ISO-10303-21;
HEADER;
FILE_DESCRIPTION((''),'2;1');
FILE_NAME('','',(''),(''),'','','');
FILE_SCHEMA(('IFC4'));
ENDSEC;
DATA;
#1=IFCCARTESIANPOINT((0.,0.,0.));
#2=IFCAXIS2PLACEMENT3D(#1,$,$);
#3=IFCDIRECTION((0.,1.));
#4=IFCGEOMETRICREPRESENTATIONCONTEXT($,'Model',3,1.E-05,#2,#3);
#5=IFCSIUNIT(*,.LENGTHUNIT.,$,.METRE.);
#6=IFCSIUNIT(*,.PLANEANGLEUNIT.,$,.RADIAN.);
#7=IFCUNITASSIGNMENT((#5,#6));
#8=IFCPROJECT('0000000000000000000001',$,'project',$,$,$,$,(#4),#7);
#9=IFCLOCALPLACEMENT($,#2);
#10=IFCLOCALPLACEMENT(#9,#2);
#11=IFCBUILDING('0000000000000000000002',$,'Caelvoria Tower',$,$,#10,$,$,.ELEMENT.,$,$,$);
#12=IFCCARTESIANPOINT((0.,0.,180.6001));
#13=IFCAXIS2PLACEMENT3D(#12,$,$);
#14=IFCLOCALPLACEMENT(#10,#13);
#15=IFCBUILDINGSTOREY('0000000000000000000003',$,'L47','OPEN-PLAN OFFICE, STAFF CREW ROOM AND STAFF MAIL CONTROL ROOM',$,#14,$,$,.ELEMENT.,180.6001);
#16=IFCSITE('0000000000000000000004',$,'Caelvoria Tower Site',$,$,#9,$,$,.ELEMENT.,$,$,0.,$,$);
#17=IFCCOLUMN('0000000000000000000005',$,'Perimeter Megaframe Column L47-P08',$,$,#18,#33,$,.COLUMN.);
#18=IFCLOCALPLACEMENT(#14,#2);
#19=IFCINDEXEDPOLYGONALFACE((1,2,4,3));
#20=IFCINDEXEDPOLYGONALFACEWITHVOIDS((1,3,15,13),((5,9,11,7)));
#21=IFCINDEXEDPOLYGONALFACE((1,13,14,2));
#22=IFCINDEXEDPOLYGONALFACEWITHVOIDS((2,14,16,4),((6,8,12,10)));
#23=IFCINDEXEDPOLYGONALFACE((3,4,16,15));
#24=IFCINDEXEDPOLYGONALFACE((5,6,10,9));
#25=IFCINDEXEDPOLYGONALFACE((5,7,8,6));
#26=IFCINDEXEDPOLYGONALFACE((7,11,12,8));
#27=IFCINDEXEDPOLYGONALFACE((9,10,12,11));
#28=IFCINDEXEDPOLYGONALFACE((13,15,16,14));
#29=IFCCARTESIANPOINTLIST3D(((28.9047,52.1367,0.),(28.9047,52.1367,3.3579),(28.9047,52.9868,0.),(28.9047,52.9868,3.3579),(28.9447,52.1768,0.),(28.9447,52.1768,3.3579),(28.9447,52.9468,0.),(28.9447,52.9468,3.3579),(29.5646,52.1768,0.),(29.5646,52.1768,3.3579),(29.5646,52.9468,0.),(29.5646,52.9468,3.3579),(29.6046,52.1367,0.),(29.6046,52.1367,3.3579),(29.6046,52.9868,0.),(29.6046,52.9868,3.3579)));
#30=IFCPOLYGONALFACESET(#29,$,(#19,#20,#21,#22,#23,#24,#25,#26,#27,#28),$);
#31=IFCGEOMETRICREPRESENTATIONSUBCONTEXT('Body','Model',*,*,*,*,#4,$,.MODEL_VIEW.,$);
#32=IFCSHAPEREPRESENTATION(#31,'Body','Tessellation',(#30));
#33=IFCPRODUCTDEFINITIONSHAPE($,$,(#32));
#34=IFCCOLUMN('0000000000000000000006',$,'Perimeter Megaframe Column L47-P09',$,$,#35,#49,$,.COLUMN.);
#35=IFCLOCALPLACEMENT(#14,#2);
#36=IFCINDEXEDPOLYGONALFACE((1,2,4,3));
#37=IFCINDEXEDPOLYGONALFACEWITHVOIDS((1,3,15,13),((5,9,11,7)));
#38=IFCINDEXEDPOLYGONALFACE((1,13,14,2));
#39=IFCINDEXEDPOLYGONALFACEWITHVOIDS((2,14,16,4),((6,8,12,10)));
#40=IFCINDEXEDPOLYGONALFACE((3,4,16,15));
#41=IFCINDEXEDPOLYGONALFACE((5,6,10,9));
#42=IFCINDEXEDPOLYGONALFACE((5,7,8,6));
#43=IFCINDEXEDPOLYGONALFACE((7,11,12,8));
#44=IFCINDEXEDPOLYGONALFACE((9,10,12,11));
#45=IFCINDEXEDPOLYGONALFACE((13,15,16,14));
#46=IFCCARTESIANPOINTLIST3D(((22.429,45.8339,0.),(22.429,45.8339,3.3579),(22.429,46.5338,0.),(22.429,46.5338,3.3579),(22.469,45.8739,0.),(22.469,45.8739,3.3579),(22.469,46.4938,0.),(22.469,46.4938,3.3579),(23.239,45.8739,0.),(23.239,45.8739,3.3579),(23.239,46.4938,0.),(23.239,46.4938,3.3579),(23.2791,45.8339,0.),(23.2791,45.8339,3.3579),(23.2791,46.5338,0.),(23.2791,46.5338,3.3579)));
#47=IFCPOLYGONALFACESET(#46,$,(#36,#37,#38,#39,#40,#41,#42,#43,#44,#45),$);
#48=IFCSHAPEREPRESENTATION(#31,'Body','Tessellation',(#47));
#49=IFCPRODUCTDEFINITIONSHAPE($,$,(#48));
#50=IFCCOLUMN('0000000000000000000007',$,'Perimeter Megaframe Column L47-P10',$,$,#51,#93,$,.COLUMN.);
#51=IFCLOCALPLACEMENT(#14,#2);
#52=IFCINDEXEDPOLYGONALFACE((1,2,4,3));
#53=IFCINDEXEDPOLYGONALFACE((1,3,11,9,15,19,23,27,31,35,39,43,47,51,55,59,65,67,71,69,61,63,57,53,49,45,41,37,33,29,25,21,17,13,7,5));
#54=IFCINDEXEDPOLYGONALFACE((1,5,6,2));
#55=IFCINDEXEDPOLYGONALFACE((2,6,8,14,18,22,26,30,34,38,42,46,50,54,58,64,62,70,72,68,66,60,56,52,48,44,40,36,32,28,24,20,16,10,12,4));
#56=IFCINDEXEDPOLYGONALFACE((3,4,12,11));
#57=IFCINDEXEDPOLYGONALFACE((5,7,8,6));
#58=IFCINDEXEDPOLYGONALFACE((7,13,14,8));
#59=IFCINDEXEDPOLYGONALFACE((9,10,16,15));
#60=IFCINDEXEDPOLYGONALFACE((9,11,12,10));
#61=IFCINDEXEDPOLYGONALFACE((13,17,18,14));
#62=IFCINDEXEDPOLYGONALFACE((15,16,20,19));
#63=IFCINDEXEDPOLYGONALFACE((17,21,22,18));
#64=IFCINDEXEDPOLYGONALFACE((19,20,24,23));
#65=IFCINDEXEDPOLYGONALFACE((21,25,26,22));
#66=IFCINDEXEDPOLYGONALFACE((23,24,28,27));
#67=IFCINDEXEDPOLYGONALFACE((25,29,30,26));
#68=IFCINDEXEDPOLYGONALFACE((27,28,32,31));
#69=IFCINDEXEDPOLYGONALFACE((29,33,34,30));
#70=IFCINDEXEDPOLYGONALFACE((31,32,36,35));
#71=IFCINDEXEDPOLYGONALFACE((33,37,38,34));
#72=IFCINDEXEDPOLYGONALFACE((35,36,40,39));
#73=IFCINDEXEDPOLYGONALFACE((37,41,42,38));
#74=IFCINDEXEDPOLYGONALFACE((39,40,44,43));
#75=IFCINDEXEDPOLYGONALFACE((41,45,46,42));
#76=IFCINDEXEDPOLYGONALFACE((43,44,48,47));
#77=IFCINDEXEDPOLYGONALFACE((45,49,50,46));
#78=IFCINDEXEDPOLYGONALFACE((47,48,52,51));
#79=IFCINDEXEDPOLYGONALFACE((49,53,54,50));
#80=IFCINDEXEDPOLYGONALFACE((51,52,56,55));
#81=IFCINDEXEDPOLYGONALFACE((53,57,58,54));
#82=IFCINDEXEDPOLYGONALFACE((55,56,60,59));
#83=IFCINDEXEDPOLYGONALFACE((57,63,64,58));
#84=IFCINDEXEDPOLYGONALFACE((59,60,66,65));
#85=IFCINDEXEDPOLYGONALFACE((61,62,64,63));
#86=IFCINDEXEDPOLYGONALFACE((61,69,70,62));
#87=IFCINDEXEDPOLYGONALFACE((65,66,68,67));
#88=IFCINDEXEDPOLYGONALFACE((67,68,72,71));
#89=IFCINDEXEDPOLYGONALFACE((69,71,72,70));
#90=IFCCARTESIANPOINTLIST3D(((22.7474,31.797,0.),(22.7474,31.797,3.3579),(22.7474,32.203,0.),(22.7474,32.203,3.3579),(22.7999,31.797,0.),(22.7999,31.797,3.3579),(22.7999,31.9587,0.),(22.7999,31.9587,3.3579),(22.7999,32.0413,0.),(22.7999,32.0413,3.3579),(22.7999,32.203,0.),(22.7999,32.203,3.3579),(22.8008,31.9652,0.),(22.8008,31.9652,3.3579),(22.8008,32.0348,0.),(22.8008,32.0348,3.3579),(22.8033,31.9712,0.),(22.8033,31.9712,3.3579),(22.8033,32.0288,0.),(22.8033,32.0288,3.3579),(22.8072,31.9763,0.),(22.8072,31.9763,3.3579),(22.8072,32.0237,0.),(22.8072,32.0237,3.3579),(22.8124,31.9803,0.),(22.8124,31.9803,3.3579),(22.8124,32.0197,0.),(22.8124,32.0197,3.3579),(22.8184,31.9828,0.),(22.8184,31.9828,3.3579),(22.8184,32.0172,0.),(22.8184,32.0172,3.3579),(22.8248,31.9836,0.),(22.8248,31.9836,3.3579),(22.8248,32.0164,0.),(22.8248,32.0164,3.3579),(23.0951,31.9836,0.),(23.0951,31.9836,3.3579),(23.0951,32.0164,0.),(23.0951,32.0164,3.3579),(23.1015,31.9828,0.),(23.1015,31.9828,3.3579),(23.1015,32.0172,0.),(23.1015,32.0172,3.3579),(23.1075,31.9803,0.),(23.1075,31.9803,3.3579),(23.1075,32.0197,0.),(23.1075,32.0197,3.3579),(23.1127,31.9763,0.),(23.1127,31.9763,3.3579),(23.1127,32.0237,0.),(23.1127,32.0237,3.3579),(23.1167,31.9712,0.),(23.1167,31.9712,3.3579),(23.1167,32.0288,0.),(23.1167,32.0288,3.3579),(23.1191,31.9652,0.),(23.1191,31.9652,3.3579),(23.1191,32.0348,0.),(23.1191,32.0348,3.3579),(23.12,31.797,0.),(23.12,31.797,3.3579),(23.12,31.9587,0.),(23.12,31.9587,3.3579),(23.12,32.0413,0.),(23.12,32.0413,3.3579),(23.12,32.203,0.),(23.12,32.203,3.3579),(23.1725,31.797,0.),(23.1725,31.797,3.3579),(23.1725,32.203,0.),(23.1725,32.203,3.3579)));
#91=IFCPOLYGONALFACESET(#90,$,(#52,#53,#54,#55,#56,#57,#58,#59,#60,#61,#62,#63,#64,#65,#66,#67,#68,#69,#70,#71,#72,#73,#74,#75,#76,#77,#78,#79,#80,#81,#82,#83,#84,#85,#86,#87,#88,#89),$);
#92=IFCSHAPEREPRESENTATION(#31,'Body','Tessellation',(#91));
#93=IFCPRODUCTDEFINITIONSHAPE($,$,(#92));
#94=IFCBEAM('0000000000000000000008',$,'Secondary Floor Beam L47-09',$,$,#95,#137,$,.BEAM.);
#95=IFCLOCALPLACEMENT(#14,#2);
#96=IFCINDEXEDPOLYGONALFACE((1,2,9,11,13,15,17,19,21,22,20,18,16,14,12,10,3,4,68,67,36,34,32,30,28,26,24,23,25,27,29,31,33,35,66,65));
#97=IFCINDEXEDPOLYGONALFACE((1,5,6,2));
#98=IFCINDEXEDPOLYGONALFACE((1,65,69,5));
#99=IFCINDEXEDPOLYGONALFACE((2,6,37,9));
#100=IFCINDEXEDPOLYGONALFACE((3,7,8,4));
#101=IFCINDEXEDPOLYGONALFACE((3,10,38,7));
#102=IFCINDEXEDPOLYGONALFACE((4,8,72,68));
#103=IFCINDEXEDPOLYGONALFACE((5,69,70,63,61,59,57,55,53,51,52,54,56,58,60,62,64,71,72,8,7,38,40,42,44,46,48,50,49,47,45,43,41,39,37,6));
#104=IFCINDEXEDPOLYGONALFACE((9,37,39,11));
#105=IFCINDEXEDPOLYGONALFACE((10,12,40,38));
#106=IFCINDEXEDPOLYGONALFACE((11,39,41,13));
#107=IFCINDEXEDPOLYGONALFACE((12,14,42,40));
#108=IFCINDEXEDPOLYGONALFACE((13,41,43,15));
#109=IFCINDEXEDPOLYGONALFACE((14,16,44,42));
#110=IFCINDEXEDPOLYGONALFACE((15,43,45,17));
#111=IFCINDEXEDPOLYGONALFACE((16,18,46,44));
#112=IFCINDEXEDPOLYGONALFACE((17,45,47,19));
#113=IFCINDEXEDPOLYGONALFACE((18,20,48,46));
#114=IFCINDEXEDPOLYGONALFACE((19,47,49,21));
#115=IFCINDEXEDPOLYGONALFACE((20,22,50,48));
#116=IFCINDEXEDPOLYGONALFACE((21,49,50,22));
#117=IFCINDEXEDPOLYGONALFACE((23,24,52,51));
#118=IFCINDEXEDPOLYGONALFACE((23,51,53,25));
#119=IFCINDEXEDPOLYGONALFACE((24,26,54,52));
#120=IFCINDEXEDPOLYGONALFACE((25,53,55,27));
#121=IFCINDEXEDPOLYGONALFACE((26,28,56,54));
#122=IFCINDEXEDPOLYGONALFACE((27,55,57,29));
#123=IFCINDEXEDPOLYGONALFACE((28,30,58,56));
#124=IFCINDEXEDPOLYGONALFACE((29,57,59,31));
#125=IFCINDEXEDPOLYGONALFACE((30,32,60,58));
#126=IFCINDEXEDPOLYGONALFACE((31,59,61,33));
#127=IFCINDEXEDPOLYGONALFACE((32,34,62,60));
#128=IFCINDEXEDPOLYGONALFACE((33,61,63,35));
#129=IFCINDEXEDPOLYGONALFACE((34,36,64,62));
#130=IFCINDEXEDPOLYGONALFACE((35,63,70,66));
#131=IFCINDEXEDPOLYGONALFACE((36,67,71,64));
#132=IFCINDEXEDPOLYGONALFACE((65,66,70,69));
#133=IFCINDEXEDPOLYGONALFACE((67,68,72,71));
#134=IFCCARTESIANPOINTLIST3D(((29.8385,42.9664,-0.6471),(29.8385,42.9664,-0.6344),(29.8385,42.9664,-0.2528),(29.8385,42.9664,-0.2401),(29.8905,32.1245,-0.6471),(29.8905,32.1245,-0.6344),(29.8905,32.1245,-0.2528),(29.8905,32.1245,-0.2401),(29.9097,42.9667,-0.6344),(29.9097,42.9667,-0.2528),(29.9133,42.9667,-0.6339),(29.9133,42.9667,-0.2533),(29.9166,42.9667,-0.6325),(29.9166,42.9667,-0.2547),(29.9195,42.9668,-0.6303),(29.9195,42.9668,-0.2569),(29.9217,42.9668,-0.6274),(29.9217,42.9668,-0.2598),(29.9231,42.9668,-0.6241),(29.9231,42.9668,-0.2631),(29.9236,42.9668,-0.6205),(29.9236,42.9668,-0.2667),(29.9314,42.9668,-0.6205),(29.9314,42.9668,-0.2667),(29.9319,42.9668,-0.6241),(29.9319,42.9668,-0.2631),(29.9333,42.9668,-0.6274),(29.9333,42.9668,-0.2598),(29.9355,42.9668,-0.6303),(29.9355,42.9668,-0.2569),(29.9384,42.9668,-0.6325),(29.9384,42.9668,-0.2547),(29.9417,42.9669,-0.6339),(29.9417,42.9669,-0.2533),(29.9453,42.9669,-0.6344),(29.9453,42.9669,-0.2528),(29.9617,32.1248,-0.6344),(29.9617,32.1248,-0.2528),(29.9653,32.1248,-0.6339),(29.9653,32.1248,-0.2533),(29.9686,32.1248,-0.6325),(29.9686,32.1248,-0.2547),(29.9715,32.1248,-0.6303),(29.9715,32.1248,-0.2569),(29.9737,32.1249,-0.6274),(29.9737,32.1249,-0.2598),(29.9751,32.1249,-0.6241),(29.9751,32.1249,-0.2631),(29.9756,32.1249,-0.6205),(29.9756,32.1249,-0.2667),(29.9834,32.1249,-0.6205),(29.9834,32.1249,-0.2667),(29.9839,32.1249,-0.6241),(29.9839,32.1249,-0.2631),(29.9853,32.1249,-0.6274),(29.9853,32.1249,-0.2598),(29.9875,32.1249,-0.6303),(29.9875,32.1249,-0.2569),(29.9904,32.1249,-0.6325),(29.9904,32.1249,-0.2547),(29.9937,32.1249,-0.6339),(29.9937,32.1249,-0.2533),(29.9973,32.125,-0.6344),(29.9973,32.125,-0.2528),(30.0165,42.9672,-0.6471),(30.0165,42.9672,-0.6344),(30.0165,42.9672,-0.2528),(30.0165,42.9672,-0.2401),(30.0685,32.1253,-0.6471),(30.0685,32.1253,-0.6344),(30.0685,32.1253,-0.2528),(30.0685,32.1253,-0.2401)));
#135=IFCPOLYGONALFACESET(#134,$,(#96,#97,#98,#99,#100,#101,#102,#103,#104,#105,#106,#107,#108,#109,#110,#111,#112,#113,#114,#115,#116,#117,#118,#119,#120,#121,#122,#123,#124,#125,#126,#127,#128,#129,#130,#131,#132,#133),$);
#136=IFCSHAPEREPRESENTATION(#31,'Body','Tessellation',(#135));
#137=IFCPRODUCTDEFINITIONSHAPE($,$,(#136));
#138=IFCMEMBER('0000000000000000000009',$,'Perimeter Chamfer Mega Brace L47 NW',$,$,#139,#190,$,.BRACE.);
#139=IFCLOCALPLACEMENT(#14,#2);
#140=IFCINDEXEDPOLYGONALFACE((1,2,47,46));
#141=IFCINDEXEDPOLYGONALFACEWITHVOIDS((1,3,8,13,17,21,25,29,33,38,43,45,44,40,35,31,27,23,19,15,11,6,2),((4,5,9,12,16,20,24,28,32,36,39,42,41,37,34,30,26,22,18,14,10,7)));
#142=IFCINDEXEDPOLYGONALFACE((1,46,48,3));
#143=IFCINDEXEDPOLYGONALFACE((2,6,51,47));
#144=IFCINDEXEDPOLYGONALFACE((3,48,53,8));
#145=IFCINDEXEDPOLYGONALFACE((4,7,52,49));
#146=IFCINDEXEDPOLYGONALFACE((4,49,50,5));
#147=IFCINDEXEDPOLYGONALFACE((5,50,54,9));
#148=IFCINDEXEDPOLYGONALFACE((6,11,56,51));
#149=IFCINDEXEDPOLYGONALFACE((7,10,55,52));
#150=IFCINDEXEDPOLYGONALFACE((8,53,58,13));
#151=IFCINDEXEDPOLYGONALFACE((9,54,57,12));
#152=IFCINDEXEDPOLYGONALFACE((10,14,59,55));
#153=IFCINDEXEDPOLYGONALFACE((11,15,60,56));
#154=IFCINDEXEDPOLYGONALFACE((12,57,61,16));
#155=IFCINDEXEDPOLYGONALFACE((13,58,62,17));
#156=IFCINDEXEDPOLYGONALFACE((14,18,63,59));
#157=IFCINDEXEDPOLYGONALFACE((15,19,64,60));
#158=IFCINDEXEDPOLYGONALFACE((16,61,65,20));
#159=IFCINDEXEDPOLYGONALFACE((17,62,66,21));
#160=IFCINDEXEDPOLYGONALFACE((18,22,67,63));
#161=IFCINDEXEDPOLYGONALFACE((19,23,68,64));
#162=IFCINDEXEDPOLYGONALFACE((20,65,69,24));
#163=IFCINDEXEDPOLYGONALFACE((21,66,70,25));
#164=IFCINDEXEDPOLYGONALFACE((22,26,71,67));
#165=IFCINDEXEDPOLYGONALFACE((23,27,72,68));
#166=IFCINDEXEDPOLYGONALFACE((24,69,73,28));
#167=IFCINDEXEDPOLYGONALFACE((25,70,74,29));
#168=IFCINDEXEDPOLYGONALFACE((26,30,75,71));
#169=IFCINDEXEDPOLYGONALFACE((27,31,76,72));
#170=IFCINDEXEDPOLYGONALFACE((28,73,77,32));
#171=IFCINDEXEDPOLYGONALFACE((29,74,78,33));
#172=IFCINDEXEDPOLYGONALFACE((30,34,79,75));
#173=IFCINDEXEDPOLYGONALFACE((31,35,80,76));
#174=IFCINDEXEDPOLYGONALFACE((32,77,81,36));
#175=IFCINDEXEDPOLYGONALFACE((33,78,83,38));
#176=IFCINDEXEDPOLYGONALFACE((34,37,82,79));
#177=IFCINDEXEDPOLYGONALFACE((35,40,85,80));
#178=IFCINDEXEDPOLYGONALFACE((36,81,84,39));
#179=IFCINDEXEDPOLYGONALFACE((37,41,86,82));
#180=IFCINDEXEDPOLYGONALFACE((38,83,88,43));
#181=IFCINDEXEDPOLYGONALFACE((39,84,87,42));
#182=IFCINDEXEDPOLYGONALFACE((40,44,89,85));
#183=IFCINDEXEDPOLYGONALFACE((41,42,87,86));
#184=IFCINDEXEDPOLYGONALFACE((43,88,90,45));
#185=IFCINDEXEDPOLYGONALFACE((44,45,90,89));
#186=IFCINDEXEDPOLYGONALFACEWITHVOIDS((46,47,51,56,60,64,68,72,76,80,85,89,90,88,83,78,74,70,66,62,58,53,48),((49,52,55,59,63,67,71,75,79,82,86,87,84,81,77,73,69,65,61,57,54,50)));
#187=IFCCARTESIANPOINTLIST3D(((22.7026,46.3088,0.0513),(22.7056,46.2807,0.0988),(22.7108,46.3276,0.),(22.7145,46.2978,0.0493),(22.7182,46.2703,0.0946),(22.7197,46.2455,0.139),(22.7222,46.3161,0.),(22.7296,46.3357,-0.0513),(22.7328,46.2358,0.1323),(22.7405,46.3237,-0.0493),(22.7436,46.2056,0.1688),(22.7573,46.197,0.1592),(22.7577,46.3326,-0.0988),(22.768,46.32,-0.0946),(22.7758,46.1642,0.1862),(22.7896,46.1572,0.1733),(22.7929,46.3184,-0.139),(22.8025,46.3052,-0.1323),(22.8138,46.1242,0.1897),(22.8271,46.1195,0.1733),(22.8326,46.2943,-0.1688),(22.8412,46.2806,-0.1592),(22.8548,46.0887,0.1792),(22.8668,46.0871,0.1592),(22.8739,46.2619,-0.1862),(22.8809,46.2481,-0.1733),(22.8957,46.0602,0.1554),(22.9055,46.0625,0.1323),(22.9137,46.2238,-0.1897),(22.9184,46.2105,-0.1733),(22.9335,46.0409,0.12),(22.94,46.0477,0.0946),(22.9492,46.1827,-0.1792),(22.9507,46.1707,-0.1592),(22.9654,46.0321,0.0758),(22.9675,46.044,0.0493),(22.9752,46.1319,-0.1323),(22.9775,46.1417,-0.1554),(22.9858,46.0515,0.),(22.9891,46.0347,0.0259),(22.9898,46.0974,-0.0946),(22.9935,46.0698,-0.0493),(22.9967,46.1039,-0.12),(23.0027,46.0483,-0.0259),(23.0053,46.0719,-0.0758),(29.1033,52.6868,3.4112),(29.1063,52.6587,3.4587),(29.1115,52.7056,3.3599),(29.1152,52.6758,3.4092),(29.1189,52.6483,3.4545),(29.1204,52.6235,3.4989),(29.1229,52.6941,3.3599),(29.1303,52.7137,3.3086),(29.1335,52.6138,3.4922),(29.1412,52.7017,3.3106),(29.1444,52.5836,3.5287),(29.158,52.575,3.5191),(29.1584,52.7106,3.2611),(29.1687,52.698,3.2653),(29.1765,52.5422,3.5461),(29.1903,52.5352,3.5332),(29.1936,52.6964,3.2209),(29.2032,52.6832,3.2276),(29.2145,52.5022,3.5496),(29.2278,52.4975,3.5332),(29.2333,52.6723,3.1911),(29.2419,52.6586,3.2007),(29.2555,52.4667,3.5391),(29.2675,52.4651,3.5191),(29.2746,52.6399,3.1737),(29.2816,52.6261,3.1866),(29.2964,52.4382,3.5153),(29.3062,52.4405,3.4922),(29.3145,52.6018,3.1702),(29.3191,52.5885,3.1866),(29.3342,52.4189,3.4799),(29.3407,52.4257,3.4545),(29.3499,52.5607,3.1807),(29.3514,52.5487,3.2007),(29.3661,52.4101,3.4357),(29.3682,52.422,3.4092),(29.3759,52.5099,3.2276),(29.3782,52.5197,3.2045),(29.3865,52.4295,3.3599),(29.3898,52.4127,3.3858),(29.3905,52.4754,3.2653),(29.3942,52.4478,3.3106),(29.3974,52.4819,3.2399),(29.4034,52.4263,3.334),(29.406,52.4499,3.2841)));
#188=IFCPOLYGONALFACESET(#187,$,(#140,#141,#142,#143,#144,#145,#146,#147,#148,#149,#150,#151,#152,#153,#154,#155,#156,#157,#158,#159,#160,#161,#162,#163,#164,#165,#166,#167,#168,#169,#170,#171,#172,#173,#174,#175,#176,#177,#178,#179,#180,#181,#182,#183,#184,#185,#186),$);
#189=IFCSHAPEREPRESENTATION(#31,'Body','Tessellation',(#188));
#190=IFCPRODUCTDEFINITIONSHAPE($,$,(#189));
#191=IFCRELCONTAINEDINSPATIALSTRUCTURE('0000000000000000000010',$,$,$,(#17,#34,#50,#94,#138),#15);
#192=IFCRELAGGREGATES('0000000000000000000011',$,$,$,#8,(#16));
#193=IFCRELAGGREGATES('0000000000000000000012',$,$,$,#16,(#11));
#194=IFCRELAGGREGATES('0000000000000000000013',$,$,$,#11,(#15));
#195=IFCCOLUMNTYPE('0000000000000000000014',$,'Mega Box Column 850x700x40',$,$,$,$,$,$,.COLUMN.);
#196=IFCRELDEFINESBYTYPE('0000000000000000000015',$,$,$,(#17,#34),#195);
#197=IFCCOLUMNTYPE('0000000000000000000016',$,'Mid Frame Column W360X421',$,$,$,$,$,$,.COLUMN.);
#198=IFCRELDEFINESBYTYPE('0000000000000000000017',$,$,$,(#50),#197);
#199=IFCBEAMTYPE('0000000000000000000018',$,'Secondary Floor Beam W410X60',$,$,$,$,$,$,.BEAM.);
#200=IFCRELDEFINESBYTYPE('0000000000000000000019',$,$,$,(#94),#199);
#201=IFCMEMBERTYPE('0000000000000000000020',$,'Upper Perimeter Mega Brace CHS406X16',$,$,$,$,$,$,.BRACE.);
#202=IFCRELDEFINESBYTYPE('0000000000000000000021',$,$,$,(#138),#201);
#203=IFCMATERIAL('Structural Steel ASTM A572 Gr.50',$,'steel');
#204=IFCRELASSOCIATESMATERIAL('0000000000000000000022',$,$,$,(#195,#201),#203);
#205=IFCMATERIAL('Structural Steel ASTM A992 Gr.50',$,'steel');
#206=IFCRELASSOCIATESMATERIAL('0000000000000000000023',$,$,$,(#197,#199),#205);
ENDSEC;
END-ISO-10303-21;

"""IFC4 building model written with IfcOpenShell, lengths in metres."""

from ifc_helpers import new_model, si_unit, direction, frame, origin, origin_2d, place, context, subcontext, project, spatial, hollow_rectangle, hollow_circle, i_section, extrude, material, material_profile, profile_set, type_object, element, save


model = new_model("IFC4")

# Units and contexts
model_context = context("Model", 3, precision=1e-05, world=origin(), true_north=direction((0.0, 1.0)))
body_context = subcontext(model_context, "Body", "Model", "MODEL_VIEW")
ifc_project = project(units=[si_unit("LENGTHUNIT", "METRE"), si_unit("PLANEANGLEUNIT", "RADIAN")], contexts=[model_context])

# Site, building, storey
site_placement = place(None, origin())
site = spatial("IfcSite", under=ifc_project, at=site_placement, Name="Caelvoria Tower Site", CompositionType="ELEMENT", RefElevation=0.0)
building_placement = place(site_placement, origin())
building = spatial("IfcBuilding", under=site, at=building_placement, Name="Caelvoria Tower", CompositionType="ELEMENT")
storey_placement = place(building_placement, frame((0.0, 0.0, 180.6001)))
storey = spatial("IfcBuildingStorey", under=building, at=storey_placement, Name="L47", Description="OPEN-PLAN OFFICE, STAFF CREW ROOM AND STAFF MAIL CONTROL ROOM", CompositionType="ELEMENT", Elevation=180.6001)

# Columns
ifc_material_1 = material(Name="Structural Steel ASTM A572 Gr.50", Category="steel")
ifc_material_profile_1 = material_profile(ifc_material_1, hollow_rectangle(XDim=0.7, YDim=0.8501, WallThickness=0.04, at=origin_2d()), Name="Structural Steel ASTM A572 Gr.50")
ifc_profile_set_1 = profile_set([ifc_material_profile_1], Name="BOX850X700X40 - Structural Steel ASTM A572 Gr.50")
column_type_1 = type_object("IfcColumnType", Name="Mega Box Column 850x700x40", PredefinedType="COLUMN", material=ifc_profile_set_1)
for number, where, z_axis, x_axis, name in (
    (1, (29.2546, 52.5618, 0.0), (0.0, 0.0, 1.0), (1.0, 0.0, 0.0), "Perimeter Megaframe Column L47-P08"),
    (2, (22.854, 46.1838, 0.0), (0.0, 0.0, 1.0), (0.0, 1.0, 0.0), "Perimeter Megaframe Column L47-P09"),
):
    element("IfcColumn", number, at=place(storey_placement, frame(where, z_axis=z_axis, x_axis=x_axis)), inside=storey, type_object=column_type_1, Name=name, PredefinedType="COLUMN", context=body_context, shape_type="SweptSolid", body=[
        extrude(hollow_rectangle(XDim=0.7, YDim=0.8501, WallThickness=0.04, at=origin_2d()), origin(), (0.0, 0.0, 1.0), 3.3579),
    ])
ifc_material_2 = material(Name="Structural Steel ASTM A992 Gr.50", Category="steel")
ifc_material_profile_2 = material_profile(ifc_material_2, i_section(OverallWidth=0.406, OverallDepth=0.425, WebThickness=0.0327, FlangeThickness=0.0525, FilletRadius=0.0249, at=origin_2d()), Name="Structural Steel ASTM A992 Gr.50")
ifc_profile_set_2 = profile_set([ifc_material_profile_2], Name="W360X421 - Structural Steel ASTM A992 Gr.50")
column_type_2 = type_object("IfcColumnType", Name="Mid Frame Column W360X421", PredefinedType="COLUMN", material=ifc_profile_set_2)
column_placement = place(storey_placement, frame((22.96, 32.0, 0.0), z_axis=(0.0, 0.0, 1.0), x_axis=(0.0, 1.0, 0.0)))
element("IfcColumn", 3, at=column_placement, inside=storey, type_object=column_type_2, Name="Perimeter Megaframe Column L47-P10", PredefinedType="COLUMN", context=body_context, shape_type="SweptSolid", body=[
    extrude(i_section(OverallWidth=0.406, OverallDepth=0.425, WebThickness=0.0327, FlangeThickness=0.0525, FilletRadius=0.0249, at=origin_2d()), origin(), (0.0, 0.0, 1.0), 3.3579),
])

# Beam
ifc_material_profile_3 = material_profile(ifc_material_2, i_section(OverallWidth=0.178, OverallDepth=0.407, WebThickness=0.0078, FlangeThickness=0.0127, FilletRadius=0.0139, at=origin_2d()), Name="Structural Steel ASTM A992 Gr.50")
ifc_profile_set_3 = profile_set([ifc_material_profile_3], Name="W410X60 - Structural Steel ASTM A992 Gr.50")
beam_type_1 = type_object("IfcBeamType", Name="Secondary Floor Beam W410X60", PredefinedType="BEAM", material=ifc_profile_set_3)
beam_1_placement = place(storey_placement, frame((29.9275, 42.9668, -0.4436), z_axis=(0.004796, -0.999988, 0.0), x_axis=(0.999988, 0.004796, 0.0)))
element("IfcBeam", 4, at=beam_1_placement, inside=storey, type_object=beam_type_1, Name="Secondary Floor Beam L47-09", PredefinedType="BEAM", context=body_context, shape_type="SweptSolid", body=[
    extrude(i_section(OverallWidth=0.178, OverallDepth=0.407, WebThickness=0.0078, FlangeThickness=0.0127, FilletRadius=0.0139, at=origin_2d()), origin(), (0.0, 0.0, 1.0), 10.842),
])

# Member
ifc_material_profile_4 = material_profile(ifc_material_1, hollow_circle(Radius=0.2029, WallThickness=0.0161, at=origin_2d()), Name="Structural Steel ASTM A572 Gr.50")
ifc_profile_set_4 = profile_set([ifc_material_profile_4], Name="CHS406X16 - Structural Steel ASTM A572 Gr.50")
member_type = type_object("IfcMemberType", Name="Upper Perimeter Mega Brace CHS406X16", PredefinedType="BRACE", material=ifc_profile_set_4)
member_placement = place(storey_placement, frame((22.854, 46.1838, 0.0), z_axis=(0.663948, 0.661592, 0.348524), x_axis=(-0.705849, 0.708362, 0.0)))
element("IfcMember", 5, at=member_placement, inside=storey, type_object=member_type, Name="Perimeter Chamfer Mega Brace L47 NW", PredefinedType="BRACE", context=body_context, shape_type="SweptSolid", body=[
    extrude(hollow_circle(Radius=0.2029, WallThickness=0.0161, at=origin_2d()), origin(), (0.0, 0.0, 1.0), 9.6404),
])

save(model, "model.ifc")
